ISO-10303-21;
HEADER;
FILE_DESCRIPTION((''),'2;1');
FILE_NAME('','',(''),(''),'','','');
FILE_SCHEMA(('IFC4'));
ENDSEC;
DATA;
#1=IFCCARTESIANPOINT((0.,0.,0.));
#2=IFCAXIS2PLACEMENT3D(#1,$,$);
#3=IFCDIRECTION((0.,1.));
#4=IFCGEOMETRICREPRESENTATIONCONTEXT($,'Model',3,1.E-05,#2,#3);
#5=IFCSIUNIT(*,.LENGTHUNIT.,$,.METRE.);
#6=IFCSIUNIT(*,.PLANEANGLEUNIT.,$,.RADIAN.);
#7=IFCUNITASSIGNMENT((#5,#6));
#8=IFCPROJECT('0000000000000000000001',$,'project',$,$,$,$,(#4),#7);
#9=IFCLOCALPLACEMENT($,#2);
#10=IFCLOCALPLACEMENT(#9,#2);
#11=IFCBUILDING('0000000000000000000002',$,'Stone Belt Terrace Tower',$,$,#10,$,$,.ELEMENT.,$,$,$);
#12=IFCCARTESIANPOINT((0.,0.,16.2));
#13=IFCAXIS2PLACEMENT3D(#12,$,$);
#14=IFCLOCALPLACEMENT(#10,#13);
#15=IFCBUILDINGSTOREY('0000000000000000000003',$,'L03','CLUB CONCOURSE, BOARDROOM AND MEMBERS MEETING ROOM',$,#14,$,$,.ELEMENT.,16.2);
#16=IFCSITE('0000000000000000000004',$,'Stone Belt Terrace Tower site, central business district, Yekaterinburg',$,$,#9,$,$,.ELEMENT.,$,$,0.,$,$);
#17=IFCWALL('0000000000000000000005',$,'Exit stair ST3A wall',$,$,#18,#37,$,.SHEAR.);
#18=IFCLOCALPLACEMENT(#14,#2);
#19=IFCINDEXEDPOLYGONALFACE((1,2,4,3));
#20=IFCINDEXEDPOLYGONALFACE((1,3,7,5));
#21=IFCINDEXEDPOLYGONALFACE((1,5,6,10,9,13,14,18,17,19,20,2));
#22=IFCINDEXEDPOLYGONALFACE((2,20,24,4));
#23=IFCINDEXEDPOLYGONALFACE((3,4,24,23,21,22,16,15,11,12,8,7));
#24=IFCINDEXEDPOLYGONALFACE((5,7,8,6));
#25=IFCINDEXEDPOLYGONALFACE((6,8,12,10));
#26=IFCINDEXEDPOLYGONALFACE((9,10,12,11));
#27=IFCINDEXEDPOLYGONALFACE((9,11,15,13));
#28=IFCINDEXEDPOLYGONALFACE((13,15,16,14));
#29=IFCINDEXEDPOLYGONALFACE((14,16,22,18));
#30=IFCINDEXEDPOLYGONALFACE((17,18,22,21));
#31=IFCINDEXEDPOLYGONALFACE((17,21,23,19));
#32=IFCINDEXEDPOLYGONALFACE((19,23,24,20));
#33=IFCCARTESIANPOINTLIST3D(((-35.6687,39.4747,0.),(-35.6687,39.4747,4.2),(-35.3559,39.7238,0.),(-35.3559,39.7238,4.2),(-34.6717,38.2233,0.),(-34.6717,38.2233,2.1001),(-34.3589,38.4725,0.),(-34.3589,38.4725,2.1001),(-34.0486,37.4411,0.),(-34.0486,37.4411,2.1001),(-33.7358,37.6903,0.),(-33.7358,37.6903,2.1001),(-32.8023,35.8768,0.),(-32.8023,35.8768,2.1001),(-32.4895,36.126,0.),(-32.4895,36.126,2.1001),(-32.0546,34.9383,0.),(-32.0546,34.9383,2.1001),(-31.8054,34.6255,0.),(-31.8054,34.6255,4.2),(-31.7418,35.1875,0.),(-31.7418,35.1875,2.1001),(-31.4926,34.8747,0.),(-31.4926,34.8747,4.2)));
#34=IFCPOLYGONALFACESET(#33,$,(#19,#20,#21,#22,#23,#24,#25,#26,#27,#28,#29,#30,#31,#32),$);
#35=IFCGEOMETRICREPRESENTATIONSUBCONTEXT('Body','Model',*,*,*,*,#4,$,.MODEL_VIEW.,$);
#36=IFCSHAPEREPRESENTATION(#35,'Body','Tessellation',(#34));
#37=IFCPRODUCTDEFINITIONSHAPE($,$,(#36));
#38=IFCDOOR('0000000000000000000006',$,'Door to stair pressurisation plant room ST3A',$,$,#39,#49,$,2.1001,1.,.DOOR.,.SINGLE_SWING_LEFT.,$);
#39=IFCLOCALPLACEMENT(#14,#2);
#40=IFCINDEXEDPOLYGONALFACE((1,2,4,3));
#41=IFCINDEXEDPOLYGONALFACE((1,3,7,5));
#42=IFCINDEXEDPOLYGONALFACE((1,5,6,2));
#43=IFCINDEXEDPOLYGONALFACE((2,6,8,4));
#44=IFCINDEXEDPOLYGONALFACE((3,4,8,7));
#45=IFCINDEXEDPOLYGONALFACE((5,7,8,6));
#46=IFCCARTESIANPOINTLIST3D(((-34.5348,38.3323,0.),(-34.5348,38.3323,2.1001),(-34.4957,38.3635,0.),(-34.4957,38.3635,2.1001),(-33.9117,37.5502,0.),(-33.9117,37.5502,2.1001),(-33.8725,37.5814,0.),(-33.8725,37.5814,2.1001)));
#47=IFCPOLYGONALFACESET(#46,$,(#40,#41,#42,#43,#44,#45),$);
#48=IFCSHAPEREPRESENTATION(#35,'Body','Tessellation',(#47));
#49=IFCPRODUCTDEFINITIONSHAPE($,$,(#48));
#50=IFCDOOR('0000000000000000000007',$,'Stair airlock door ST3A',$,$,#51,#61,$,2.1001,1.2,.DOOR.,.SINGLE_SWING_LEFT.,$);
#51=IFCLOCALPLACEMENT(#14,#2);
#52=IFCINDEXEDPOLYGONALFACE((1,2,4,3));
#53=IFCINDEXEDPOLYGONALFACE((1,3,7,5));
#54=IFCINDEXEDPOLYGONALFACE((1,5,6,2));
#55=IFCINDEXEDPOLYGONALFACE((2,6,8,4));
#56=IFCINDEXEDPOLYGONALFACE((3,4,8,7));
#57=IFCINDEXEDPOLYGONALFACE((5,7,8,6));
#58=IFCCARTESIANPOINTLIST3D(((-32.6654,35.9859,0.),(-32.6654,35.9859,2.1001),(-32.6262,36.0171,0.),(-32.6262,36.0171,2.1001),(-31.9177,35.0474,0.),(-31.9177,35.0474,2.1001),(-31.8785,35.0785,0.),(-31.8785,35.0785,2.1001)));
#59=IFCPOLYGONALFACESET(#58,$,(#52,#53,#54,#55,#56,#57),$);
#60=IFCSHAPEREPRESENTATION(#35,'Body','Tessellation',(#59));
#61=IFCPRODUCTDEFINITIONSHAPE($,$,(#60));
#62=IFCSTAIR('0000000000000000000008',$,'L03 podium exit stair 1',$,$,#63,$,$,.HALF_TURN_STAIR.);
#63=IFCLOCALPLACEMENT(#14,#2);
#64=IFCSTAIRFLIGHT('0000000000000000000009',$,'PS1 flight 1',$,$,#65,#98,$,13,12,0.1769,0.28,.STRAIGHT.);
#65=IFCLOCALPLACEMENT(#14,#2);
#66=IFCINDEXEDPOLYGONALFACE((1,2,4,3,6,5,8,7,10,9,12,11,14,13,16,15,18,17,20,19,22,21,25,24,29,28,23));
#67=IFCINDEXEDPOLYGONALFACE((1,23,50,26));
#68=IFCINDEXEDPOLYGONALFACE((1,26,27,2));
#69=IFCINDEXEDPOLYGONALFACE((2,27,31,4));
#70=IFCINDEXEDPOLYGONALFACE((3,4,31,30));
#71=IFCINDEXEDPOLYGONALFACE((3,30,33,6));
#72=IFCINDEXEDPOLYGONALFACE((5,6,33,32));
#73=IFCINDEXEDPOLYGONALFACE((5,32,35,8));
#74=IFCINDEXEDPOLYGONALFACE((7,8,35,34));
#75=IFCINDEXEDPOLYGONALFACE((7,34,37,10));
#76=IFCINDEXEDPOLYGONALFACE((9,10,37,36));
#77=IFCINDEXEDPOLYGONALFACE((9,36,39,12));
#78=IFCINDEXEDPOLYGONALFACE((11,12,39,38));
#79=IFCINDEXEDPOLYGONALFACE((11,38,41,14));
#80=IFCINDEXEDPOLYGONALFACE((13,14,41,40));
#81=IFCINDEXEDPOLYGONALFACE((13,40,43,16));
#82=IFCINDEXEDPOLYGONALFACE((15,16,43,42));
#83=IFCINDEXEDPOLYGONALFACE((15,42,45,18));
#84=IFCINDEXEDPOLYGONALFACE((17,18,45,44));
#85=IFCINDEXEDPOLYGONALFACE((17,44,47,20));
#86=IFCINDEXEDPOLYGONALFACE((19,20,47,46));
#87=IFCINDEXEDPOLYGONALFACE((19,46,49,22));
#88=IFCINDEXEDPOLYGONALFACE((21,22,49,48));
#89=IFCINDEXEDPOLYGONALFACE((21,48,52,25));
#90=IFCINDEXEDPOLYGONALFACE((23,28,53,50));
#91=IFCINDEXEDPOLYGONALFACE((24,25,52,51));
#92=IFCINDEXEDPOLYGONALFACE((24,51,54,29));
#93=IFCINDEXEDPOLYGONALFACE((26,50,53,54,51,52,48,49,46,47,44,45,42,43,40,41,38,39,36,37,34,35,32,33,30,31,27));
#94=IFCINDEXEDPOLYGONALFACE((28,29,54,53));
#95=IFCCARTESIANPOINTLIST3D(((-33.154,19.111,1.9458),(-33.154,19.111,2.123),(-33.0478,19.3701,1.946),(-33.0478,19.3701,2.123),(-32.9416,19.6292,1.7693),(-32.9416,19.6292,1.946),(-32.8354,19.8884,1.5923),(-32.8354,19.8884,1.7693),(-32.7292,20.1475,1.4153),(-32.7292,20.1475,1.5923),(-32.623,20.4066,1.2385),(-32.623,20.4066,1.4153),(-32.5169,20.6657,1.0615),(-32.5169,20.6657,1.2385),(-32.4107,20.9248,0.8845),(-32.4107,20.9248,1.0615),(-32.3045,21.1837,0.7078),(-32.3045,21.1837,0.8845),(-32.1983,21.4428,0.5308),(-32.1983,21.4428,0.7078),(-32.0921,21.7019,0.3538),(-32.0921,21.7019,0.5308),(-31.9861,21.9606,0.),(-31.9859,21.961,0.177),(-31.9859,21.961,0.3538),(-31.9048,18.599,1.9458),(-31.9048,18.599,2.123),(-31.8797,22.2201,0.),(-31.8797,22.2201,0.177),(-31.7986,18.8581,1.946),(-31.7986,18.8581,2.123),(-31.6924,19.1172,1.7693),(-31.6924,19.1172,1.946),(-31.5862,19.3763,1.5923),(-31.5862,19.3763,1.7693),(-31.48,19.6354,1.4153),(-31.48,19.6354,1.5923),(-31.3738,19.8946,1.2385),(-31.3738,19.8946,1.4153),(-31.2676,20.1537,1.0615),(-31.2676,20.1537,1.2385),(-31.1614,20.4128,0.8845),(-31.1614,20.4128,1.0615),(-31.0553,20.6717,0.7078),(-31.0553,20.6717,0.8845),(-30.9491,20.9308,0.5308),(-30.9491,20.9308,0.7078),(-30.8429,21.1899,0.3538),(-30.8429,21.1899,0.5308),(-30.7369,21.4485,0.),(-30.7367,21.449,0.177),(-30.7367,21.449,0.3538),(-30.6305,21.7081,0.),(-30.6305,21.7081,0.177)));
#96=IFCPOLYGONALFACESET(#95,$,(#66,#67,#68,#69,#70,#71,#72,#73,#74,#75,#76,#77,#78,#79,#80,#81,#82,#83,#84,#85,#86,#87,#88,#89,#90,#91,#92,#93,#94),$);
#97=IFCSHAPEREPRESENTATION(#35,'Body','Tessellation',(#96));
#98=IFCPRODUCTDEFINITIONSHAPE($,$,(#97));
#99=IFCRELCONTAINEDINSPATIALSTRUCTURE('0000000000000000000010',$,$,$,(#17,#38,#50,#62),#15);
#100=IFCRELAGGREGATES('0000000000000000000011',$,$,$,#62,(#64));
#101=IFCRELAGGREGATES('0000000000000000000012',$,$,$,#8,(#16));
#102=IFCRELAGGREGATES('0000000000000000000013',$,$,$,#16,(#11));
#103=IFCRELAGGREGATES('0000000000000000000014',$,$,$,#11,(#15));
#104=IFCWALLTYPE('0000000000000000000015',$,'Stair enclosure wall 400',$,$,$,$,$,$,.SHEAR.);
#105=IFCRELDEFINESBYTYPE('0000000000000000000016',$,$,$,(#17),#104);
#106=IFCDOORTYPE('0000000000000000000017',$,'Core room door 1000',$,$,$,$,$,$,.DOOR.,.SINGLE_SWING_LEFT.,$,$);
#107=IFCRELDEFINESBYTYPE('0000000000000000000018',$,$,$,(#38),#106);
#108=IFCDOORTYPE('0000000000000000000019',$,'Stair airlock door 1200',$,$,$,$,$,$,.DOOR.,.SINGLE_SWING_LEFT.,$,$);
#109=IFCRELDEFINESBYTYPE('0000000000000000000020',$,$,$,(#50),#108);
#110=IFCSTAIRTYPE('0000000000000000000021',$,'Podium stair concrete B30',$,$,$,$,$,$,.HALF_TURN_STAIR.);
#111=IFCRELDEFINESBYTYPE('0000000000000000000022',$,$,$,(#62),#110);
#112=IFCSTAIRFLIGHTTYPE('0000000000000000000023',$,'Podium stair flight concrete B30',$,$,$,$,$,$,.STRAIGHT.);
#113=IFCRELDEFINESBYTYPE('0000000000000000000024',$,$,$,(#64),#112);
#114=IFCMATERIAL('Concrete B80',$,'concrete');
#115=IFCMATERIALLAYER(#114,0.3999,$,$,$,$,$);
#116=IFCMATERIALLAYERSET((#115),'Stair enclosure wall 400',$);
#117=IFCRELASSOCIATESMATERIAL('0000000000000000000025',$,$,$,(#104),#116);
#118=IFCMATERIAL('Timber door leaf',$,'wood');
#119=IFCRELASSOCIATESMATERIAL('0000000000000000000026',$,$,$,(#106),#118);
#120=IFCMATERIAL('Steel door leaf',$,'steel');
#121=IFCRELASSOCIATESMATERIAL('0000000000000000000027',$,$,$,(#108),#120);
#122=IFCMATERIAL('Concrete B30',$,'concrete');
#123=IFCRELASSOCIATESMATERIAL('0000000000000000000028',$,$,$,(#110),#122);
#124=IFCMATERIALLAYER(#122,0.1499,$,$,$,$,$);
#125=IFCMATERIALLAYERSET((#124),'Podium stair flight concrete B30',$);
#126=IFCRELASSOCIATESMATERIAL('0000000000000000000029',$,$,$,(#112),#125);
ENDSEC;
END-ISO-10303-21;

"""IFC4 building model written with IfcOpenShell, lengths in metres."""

from ifc_helpers import new_model, si_unit, direction, frame, frame_2d, origin, place, context, subcontext, project, spatial, polyline, rectangle, outline, extrude, material, layer, layer_set, type_object, element, fill, aggregate, save


model = new_model("IFC4")

# Units and contexts
model_context = context("Model", 3, precision=1e-05, world=origin(), true_north=direction((0.0, 1.0)))
body_context = subcontext(model_context, "Body", "Model", "MODEL_VIEW")
ifc_project = project(units=[si_unit("LENGTHUNIT", "METRE"), si_unit("PLANEANGLEUNIT", "RADIAN")], contexts=[model_context])

# Site, building, storey
site_placement = place(None, origin())
site = spatial("IfcSite", under=ifc_project, at=site_placement, Name="Stone Belt Terrace Tower site, central business district, Yekaterinburg", CompositionType="ELEMENT", RefElevation=0.0)
building_placement = place(site_placement, origin())
building = spatial("IfcBuilding", under=site, at=building_placement, Name="Stone Belt Terrace Tower", CompositionType="ELEMENT")
storey_placement = place(building_placement, frame((0.0, 0.0, 16.2)))
storey = spatial("IfcBuildingStorey", under=building, at=storey_placement, Name="L03", Description="CLUB CONCOURSE, BOARDROOM AND MEMBERS MEETING ROOM", CompositionType="ELEMENT", Elevation=16.2)

# Shared definitions
ifc_material_1 = material(Name="Concrete B80", Category="concrete")

# Shared definitions
ifc_material_2 = material(Name="Concrete B30", Category="concrete")

# Wall, openings, doors
ifc_layer_1 = layer(ifc_material_1, 0.3999)
ifc_layer_set_1 = layer_set([ifc_layer_1], Name="Stair enclosure wall 400")
wall_type_1 = type_object("IfcWallType", Name="Stair enclosure wall 400", PredefinedType="SHEAR", material=ifc_layer_set_1)
wall_1_placement = place(storey_placement, frame((-31.6489, 34.75, 0.0), z_axis=(0.0, 0.0, 1.0), x_axis=(-0.623119, 0.782127, 0.0)))
wall_1 = element("IfcWall", 1, at=wall_1_placement, inside=storey, type_object=wall_type_1, Name="Exit stair ST3A wall", PredefinedType="SHEAR", context=body_context, shape_type="SweptSolid", body=[
    extrude(rectangle(XDim=6.2, YDim=0.3999, at=frame_2d((3.1001, 0.0))), origin(), (0.0, 0.0, 1.0), 4.2),
])
opening_1_placement = place(wall_1_placement, frame((0.3999, 0.0, 0.0)))
opening_1 = element("IfcOpeningElement", 2, at=opening_1_placement, cuts=wall_1, PredefinedType="OPENING", context=body_context, shape_type="SweptSolid", body=[
    extrude(rectangle(XDim=1.2, YDim=2.1001, at=frame_2d((0.6001, 1.05))), frame((0.0, 0.21, 0.0), z_axis=(0.0, -1.0, 0.0), x_axis=(1.0, 0.0, 0.0)), (0.0, 0.0, 1.0), 0.4199),
])
opening_2_placement = place(wall_1_placement, frame((3.6001, 0.0, 0.0)))
opening_2 = element("IfcOpeningElement", 3, at=opening_2_placement, cuts=wall_1, PredefinedType="OPENING", context=body_context, shape_type="SweptSolid", body=[
    extrude(rectangle(XDim=1.0, YDim=2.1001, at=frame_2d((0.5, 1.05))), frame((0.0, 0.21, 0.0), z_axis=(0.0, -1.0, 0.0), x_axis=(1.0, 0.0, 0.0)), (0.0, 0.0, 1.0), 0.4199),
])
ifc_material_3 = material(Name="Timber door leaf", Category="wood")
door_type_1 = type_object("IfcDoorType", Name="Core room door 1000", OperationType="SINGLE_SWING_LEFT", PredefinedType="DOOR", material=ifc_material_3)
door_1_placement = place(opening_2_placement, origin())
door_1 = element("IfcDoor", 4, at=door_1_placement, inside=storey, type_object=door_type_1, Name="Door to stair pressurisation plant room ST3A", OperationType="SINGLE_SWING_LEFT", OverallHeight=2.1001, OverallWidth=1.0, PredefinedType="DOOR", context=body_context, shape_type="SweptSolid", body=[
    extrude(rectangle(XDim=1.0, YDim=2.1001, at=frame_2d((0.5, 1.05))), frame((0.0, 0.0249, 0.0), z_axis=(0.0, -1.0, 0.0), x_axis=(1.0, 0.0, 0.0)), (0.0, 0.0, 1.0), 0.05),
])
fill(opening_2, door_1)
ifc_material_4 = material(Name="Steel door leaf", Category="steel")
door_type_2 = type_object("IfcDoorType", Name="Stair airlock door 1200", OperationType="SINGLE_SWING_LEFT", PredefinedType="DOOR", material=ifc_material_4)
door_2_placement = place(opening_1_placement, origin())
door_2 = element("IfcDoor", 5, at=door_2_placement, inside=storey, type_object=door_type_2, Name="Stair airlock door ST3A", OperationType="SINGLE_SWING_LEFT", OverallHeight=2.1001, OverallWidth=1.2, PredefinedType="DOOR", context=body_context, shape_type="SweptSolid", body=[
    extrude(rectangle(XDim=1.2, YDim=2.1001, at=frame_2d((0.6001, 1.05))), frame((0.0, 0.0249, 0.0), z_axis=(0.0, -1.0, 0.0), x_axis=(1.0, 0.0, 0.0)), (0.0, 0.0, 1.0), 0.05),
])
fill(opening_1, door_2)

# Stair, stair flight
stair_type = type_object("IfcStairType", Name="Podium stair concrete B30", PredefinedType="HALF_TURN_STAIR", material=ifc_material_2)
stair_placement = place(storey_placement, origin())
stair = element("IfcStair", 6, at=stair_placement, inside=storey, type_object=stair_type, Name="L03 podium exit stair 1", PredefinedType="HALF_TURN_STAIR")
ifc_layer_2 = layer(ifc_material_2, 0.1499)
ifc_layer_set_2 = layer_set([ifc_layer_2], Name="Podium stair flight concrete B30")
stair_flight_type = type_object("IfcStairFlightType", Name="Podium stair flight concrete B30", PredefinedType="STRAIGHT", material=ifc_layer_set_2)
stair_flight_placement = place(storey_placement, frame((-31.2551, 21.9641, 0.0), z_axis=(0.0, 0.0, 1.0), x_axis=(-0.379243, -0.925297, 0.0)))
stair_flight = element("IfcStairFlight", 7, at=stair_flight_placement, type_object=stair_flight_type, Name="PS1 flight 1", NumberOfRisers=13, NumberOfTreads=12, PredefinedType="STRAIGHT", RiserHeight=0.1769, TreadLength=0.28, context=body_context, shape_type="SweptSolid", body=[
    extrude(outline(polyline([(0.0, 0.0), (0.0, 0.177), (0.28, 0.177), (0.28, 0.3538), (0.5601, 0.3538), (0.5601, 0.5308), (0.8401, 0.5308), (0.8401, 0.7078), (1.1201, 0.7078), (1.1201, 0.8845), (1.3999, 0.8845), (1.3999, 1.0615), (1.6799, 1.0615), (1.6799, 1.2385), (1.96, 1.2385), (1.96, 1.4153), (2.24, 1.4153), (2.24, 1.5923), (2.52, 1.5923), (2.52, 1.7693), (2.8, 1.7693), (2.8, 1.946), (3.0801, 1.946), (3.0801, 2.123), (3.3601, 2.123), (3.3601, 2.3), (3.3601, 1.9458), (0.2805, 0.0), (0.0, 0.0)])), frame((0.0, 0.675, 0.0), z_axis=(0.0, -1.0, 0.0), x_axis=(1.0, 0.0, 0.0)), (0.0, 0.0, 1.0), 1.3501),
])
aggregate(stair, [stair_flight])

save(model, "model.ifc")
